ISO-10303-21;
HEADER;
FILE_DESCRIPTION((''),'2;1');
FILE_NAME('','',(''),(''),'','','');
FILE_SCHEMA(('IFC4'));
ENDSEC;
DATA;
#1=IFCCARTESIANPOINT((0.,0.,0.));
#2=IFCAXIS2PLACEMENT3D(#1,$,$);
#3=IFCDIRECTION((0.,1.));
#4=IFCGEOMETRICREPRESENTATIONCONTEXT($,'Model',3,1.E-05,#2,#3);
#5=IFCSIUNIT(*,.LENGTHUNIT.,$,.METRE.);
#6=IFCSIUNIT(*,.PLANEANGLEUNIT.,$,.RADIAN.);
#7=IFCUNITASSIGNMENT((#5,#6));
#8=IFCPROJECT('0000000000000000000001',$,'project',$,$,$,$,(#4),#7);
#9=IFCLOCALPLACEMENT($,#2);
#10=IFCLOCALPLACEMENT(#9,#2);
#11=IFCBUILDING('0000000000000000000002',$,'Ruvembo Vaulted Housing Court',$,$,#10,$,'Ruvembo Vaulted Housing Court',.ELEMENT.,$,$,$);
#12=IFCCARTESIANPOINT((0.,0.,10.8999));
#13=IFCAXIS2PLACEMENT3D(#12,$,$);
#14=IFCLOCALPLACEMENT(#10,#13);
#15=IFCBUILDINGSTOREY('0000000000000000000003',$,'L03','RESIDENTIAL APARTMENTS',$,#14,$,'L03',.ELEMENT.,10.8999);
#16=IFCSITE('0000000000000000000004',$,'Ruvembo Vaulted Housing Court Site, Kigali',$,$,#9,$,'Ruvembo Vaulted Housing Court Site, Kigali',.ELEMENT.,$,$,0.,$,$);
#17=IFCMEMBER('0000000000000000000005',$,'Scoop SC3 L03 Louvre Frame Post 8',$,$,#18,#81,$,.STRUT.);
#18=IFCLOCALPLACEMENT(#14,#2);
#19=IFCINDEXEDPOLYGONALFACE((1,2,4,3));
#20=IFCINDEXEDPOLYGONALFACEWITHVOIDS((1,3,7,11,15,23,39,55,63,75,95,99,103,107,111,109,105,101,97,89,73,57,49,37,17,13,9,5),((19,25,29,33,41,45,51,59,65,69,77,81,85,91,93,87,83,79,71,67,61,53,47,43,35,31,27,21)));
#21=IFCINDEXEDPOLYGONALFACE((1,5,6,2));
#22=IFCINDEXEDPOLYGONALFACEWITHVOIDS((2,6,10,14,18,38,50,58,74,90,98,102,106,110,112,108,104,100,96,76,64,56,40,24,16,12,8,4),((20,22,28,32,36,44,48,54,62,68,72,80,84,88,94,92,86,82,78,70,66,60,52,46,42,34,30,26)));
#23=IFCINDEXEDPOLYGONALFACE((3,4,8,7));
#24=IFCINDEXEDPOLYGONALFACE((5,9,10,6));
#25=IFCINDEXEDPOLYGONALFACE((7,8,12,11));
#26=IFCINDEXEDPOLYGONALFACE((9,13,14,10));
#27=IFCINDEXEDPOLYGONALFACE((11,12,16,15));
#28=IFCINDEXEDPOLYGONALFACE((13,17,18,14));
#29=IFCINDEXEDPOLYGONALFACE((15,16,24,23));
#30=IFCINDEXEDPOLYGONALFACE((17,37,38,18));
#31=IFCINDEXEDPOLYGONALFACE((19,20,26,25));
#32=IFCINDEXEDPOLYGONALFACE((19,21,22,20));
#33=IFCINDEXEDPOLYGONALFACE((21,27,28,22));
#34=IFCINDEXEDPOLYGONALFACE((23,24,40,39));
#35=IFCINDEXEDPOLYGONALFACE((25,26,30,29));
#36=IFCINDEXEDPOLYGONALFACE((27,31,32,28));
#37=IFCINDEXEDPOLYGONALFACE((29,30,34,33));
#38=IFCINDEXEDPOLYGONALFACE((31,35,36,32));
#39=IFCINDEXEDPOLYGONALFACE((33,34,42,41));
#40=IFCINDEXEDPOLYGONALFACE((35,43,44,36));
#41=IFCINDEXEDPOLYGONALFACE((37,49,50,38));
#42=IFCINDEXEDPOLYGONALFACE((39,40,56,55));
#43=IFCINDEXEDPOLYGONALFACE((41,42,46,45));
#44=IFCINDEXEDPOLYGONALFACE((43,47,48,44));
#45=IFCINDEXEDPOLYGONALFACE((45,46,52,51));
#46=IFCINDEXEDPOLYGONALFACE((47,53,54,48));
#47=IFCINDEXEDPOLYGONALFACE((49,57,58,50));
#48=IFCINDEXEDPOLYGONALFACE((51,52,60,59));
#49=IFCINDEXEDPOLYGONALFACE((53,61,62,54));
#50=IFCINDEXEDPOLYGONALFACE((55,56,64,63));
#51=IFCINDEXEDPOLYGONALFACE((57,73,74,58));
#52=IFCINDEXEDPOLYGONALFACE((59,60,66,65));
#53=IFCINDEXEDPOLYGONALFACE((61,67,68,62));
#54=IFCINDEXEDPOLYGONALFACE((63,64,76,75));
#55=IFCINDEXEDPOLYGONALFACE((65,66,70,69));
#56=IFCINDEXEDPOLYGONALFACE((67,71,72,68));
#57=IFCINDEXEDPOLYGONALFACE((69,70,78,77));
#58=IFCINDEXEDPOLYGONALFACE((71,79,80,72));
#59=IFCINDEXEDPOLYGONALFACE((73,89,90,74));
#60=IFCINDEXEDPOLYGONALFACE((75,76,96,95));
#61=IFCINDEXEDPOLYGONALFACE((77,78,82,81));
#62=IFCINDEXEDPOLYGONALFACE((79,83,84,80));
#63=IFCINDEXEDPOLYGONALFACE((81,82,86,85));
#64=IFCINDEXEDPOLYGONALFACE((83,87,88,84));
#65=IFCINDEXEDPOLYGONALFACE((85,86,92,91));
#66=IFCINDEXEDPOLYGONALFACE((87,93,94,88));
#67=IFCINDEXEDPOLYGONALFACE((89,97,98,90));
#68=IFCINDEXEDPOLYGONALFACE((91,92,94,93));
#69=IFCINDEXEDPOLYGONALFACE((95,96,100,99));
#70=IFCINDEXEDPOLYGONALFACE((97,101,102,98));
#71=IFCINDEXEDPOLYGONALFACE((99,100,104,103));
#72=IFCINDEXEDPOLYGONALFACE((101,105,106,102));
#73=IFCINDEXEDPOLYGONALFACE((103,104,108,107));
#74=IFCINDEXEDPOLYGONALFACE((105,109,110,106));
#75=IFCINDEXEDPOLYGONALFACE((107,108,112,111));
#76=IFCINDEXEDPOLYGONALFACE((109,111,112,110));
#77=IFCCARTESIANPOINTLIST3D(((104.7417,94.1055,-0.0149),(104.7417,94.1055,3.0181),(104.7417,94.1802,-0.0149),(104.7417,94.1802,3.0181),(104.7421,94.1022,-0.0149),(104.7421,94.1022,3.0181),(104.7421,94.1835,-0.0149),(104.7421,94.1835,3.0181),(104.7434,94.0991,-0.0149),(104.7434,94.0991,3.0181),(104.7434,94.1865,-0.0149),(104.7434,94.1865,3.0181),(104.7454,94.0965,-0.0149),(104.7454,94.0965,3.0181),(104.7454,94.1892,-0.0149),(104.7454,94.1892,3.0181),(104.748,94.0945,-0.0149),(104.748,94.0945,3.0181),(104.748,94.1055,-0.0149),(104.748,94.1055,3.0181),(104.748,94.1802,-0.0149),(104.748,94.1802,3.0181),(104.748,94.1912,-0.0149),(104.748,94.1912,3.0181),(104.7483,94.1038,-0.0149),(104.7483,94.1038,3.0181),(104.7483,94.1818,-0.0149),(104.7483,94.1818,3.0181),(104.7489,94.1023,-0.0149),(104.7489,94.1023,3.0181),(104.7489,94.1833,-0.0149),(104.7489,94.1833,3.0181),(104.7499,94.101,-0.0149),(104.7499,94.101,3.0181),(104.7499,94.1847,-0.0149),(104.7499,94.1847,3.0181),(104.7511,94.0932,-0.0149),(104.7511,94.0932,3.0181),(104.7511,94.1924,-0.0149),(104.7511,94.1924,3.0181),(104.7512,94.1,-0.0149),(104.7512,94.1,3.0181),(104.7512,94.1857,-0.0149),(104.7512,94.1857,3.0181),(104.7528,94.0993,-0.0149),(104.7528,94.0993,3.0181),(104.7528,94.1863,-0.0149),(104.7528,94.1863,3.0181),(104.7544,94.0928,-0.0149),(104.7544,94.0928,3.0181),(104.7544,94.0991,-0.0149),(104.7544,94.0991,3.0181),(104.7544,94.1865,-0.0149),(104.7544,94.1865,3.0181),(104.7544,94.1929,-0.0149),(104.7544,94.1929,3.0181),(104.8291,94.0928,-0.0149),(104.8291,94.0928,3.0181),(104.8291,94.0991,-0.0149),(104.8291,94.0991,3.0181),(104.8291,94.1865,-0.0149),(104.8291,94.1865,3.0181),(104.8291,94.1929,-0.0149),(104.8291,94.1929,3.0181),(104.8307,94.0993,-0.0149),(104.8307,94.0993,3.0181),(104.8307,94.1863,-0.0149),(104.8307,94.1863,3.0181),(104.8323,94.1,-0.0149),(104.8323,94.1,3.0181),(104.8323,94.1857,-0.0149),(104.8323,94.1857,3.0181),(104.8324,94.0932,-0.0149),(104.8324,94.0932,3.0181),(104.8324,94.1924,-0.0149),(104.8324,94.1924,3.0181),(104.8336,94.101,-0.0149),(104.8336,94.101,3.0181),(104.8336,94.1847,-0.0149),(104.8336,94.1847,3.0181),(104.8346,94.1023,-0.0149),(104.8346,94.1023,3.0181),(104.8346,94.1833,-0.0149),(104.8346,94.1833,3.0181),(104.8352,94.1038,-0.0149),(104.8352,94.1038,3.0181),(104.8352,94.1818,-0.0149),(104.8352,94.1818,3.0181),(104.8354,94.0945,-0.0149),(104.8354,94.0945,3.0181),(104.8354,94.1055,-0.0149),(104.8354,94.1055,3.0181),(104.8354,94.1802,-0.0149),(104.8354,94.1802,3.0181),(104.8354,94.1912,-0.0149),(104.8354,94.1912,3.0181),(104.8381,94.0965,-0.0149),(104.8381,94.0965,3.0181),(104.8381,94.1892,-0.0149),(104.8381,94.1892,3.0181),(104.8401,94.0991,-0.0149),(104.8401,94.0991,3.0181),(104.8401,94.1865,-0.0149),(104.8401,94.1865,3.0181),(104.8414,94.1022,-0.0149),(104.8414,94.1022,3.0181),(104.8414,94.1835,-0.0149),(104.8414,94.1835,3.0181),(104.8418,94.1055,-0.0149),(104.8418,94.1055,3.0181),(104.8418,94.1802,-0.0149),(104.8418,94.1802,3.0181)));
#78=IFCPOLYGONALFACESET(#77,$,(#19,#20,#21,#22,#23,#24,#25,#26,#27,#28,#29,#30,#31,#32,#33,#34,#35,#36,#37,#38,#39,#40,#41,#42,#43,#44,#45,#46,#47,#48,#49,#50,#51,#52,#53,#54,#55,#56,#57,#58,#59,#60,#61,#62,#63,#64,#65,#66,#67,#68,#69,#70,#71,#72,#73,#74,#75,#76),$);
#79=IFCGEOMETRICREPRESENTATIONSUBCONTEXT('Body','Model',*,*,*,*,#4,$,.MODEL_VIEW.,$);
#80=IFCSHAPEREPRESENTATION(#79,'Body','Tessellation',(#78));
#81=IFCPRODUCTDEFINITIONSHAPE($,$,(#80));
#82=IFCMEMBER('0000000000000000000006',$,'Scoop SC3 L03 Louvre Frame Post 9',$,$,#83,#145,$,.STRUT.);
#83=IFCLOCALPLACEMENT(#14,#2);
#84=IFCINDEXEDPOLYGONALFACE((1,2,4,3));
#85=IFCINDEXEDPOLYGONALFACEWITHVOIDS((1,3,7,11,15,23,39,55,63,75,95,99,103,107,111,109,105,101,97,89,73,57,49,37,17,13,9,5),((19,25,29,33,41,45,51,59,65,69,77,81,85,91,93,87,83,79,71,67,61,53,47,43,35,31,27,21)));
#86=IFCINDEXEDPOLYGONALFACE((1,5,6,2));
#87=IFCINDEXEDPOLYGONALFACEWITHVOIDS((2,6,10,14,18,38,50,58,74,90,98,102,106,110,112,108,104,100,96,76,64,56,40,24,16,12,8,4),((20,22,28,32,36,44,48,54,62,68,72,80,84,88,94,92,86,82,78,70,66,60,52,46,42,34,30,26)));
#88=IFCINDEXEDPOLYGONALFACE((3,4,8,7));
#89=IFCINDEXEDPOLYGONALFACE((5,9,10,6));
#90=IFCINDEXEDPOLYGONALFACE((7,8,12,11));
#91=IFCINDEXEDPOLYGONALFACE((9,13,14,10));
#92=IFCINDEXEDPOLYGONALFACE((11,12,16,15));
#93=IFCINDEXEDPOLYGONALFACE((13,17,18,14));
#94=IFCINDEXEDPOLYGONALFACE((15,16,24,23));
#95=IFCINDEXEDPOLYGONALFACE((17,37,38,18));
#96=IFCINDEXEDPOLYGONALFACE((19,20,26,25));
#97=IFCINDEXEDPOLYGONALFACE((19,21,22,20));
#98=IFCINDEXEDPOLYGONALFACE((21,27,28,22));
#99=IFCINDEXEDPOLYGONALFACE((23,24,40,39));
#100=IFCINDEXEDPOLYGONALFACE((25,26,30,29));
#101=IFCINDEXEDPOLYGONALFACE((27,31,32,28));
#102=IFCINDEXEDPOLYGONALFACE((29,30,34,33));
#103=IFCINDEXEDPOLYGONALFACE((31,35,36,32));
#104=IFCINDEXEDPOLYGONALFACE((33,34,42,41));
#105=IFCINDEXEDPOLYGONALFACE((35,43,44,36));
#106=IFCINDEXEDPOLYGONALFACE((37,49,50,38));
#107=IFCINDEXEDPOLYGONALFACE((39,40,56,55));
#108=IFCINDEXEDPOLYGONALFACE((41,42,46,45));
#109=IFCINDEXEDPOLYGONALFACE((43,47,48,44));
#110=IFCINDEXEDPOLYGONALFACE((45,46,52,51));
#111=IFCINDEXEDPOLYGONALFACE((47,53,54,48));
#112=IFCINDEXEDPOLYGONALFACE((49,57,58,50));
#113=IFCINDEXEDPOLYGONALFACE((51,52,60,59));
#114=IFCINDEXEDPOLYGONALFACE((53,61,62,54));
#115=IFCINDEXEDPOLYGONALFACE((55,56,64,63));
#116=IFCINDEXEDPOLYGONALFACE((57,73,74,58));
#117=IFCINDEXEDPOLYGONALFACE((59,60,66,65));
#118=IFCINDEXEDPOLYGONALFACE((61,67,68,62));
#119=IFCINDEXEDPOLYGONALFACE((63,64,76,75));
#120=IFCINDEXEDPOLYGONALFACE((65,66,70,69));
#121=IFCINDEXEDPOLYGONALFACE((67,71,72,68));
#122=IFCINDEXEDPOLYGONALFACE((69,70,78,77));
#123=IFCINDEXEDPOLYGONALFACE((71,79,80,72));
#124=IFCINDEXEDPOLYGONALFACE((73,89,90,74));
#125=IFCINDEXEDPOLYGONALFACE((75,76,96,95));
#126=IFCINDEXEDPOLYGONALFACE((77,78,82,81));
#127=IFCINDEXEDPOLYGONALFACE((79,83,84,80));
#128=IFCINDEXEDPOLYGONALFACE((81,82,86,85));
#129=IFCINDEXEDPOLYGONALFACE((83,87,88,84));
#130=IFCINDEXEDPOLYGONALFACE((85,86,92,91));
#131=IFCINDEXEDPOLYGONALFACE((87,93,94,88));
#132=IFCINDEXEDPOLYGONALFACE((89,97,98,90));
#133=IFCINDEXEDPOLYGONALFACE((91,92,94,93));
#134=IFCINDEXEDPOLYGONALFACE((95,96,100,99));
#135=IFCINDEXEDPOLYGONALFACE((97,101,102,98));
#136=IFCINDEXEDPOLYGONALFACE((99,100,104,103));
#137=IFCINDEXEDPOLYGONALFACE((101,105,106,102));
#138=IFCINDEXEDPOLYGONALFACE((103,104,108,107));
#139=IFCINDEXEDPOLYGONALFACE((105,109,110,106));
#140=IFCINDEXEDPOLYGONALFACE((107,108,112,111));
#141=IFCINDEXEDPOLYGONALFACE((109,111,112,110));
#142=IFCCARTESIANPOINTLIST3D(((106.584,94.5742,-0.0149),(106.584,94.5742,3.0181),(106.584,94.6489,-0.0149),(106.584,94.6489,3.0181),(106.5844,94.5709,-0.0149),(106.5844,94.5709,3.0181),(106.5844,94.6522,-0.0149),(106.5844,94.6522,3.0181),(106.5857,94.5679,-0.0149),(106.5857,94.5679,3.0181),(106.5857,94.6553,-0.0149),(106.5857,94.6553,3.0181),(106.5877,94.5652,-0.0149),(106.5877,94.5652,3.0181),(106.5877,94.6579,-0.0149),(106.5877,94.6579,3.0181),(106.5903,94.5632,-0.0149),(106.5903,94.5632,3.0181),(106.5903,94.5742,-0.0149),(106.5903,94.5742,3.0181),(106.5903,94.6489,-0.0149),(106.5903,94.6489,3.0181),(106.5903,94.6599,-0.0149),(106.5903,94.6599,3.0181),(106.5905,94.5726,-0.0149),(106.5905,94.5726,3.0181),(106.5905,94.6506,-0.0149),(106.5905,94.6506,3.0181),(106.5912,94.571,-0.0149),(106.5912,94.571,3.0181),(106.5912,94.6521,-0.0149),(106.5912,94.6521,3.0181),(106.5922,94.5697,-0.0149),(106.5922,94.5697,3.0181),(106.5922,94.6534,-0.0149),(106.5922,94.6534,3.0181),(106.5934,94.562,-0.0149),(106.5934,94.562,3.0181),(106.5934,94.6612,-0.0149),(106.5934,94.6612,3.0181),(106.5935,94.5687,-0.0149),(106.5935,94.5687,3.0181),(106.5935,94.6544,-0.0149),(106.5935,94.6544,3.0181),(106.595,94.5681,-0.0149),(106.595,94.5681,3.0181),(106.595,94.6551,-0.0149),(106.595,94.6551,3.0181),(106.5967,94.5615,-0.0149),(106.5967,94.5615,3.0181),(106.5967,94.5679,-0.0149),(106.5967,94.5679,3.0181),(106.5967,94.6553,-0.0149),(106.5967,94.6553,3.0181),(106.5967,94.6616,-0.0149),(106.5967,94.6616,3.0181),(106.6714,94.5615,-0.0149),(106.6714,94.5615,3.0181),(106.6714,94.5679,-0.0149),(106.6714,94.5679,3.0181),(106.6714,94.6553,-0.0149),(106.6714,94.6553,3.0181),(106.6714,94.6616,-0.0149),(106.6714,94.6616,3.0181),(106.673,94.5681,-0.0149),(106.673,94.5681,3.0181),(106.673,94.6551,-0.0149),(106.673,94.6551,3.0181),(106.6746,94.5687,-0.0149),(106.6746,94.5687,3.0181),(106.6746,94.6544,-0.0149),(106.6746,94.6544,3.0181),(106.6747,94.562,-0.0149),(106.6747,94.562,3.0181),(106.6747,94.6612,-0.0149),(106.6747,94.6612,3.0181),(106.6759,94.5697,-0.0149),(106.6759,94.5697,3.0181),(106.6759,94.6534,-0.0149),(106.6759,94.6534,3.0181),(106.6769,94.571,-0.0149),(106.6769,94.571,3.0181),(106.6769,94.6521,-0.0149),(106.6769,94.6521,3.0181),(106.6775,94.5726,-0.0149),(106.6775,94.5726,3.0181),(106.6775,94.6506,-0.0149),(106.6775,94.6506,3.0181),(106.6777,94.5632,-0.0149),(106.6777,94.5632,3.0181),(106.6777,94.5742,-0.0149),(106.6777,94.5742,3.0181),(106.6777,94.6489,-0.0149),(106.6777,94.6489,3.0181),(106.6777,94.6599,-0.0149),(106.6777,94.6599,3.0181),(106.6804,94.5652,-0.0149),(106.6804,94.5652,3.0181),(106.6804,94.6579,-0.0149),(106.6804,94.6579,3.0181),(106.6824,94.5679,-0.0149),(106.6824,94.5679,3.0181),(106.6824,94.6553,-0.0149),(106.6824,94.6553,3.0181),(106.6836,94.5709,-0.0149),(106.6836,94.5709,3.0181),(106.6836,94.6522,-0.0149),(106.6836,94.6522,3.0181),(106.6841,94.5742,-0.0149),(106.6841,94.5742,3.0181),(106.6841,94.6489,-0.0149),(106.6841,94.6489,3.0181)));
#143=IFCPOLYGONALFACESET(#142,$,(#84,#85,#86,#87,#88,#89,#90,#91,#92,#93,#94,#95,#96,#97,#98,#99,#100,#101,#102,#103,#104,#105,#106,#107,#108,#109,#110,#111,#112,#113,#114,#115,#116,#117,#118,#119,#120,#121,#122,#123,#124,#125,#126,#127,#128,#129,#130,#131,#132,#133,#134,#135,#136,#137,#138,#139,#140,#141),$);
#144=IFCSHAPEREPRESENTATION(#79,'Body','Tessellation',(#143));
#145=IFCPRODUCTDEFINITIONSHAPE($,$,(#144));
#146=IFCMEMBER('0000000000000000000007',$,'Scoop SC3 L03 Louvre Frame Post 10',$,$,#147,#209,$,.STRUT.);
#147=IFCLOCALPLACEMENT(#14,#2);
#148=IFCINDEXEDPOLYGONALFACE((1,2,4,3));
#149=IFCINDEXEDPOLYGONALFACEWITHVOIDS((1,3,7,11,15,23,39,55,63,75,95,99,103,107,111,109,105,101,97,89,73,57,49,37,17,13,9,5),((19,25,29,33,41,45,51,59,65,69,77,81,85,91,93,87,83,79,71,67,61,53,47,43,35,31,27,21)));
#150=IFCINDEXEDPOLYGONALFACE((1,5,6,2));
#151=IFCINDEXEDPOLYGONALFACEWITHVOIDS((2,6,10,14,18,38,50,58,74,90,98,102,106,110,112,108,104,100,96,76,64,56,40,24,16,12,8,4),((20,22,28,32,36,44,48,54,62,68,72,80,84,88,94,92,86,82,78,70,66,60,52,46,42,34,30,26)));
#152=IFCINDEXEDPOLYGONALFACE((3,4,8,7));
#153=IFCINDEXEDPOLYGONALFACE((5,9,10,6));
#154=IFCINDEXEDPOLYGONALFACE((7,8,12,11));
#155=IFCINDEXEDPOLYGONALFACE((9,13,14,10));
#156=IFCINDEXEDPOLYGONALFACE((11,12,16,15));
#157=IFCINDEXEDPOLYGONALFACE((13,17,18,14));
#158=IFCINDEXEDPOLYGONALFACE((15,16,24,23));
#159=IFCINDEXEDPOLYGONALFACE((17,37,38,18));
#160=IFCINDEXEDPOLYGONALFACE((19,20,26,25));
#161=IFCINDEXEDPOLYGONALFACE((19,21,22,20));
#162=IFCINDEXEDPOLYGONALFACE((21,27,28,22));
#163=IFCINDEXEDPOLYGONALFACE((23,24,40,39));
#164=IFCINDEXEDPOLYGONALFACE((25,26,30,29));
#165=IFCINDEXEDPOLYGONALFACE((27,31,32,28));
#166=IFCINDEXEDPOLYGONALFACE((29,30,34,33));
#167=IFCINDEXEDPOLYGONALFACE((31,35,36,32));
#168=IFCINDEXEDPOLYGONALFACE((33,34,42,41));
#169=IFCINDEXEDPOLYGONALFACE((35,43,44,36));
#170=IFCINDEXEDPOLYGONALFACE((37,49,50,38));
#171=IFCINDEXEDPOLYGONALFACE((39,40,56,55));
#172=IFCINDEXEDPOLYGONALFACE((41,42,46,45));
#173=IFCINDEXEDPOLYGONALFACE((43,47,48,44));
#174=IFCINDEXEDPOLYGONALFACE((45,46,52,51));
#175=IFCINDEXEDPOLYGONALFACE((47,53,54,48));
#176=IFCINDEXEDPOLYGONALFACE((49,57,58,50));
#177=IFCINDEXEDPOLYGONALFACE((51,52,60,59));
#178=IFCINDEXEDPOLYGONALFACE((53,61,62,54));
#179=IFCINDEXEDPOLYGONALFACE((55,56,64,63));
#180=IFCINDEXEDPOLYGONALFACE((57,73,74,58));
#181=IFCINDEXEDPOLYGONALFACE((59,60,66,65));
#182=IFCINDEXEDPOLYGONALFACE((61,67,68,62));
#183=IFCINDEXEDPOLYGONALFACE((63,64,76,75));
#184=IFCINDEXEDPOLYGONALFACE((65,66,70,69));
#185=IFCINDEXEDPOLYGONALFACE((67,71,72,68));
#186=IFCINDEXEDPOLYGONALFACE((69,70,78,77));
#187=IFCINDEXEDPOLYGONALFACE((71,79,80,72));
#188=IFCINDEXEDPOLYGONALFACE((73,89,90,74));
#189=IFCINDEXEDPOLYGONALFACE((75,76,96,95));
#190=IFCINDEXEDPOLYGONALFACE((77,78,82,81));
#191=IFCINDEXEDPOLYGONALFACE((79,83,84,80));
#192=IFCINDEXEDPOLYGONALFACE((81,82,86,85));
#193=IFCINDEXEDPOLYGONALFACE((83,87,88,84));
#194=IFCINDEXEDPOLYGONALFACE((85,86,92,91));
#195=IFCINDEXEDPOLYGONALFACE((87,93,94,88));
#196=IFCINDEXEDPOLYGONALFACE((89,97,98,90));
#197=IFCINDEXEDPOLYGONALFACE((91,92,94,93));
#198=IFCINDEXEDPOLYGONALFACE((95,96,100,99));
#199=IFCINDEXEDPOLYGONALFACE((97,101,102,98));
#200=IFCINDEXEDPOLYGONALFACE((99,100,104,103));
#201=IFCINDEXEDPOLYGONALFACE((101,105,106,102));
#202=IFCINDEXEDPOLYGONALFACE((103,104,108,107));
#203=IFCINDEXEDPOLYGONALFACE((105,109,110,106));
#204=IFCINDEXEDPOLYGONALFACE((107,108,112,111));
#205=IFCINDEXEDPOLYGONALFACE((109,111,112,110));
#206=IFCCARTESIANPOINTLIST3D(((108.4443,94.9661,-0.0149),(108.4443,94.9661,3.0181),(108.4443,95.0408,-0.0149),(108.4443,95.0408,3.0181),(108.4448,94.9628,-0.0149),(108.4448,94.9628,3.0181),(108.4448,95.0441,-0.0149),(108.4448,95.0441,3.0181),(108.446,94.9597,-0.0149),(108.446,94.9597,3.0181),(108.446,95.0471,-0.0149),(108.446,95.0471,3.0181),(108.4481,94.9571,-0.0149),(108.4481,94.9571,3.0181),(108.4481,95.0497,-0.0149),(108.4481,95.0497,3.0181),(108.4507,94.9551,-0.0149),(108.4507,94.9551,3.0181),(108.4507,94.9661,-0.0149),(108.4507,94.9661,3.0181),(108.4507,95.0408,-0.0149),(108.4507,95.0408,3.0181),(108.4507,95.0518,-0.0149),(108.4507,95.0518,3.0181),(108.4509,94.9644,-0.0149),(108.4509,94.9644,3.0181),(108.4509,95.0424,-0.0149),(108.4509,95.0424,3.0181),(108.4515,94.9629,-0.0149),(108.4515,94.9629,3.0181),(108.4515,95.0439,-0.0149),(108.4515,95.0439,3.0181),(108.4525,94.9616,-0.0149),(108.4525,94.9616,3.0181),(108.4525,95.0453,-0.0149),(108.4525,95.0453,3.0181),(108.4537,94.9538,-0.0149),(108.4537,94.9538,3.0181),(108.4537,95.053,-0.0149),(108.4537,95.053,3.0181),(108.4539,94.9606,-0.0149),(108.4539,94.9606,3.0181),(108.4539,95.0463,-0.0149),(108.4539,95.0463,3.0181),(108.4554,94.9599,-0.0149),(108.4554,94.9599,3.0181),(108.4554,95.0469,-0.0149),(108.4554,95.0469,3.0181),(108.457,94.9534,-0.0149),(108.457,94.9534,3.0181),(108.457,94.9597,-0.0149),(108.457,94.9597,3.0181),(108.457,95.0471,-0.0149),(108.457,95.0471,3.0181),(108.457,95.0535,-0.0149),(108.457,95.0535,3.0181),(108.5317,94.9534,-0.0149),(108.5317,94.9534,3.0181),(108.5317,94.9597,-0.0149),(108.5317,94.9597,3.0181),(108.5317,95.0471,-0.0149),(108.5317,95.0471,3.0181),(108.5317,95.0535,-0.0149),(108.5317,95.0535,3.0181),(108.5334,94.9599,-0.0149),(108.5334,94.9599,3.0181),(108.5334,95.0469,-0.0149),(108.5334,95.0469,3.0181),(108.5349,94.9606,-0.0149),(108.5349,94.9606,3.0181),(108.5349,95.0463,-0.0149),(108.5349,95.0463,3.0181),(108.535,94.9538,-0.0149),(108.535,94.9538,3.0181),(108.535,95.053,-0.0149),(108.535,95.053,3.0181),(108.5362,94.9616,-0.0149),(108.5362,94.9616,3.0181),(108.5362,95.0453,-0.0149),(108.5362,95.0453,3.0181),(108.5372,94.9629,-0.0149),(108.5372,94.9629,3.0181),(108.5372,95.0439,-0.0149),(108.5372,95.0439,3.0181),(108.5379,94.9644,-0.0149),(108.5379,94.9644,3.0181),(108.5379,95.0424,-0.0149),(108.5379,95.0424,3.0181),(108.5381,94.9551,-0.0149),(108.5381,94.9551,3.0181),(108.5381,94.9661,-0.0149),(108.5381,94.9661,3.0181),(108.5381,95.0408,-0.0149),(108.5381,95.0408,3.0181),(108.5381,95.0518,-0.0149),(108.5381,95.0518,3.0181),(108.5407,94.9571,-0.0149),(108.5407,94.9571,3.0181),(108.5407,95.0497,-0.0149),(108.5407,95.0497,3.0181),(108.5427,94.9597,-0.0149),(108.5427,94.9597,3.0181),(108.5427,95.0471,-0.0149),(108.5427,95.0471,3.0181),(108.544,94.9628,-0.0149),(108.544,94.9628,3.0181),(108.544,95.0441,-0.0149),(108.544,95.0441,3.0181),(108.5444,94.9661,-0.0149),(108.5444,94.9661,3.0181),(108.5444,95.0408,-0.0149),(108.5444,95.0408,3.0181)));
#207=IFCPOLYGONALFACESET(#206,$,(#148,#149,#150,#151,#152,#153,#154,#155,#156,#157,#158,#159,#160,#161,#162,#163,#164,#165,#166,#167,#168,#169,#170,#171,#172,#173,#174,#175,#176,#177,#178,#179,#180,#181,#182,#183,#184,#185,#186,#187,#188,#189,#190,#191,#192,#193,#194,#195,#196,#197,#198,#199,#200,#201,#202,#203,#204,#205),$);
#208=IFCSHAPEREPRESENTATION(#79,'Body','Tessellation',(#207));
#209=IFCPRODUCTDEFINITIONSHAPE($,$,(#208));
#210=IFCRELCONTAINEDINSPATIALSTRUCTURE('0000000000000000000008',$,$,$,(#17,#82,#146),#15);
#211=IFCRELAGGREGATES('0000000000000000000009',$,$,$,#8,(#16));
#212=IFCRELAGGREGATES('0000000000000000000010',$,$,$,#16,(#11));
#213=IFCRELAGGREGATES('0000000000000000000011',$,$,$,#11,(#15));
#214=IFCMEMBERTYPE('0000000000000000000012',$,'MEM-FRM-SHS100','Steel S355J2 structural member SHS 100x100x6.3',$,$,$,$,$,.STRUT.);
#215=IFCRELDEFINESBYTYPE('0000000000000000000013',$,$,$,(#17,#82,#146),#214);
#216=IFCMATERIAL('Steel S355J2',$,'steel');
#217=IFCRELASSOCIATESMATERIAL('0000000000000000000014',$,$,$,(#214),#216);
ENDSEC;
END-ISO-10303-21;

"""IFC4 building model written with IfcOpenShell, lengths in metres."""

from ifc_helpers import new_model, si_unit, direction, frame, origin, origin_2d, place, context, subcontext, project, spatial, hollow_rectangle, extrude, material, material_profile, profile_set, type_object, element, save


model = new_model("IFC4")

# Units and contexts
model_context = context("Model", 3, precision=1e-05, world=origin(), true_north=direction((0.0, 1.0)))
body_context = subcontext(model_context, "Body", "Model", "MODEL_VIEW")
ifc_project = project(units=[si_unit("LENGTHUNIT", "METRE"), si_unit("PLANEANGLEUNIT", "RADIAN")], contexts=[model_context])

# Site, building, storey
site_placement = place(None, origin())
site = spatial("IfcSite", under=ifc_project, at=site_placement, Name="Ruvembo Vaulted Housing Court Site, Kigali", LongName="Ruvembo Vaulted Housing Court Site, Kigali", CompositionType="ELEMENT", RefElevation=0.0)
building_placement = place(site_placement, origin())
building = spatial("IfcBuilding", under=site, at=building_placement, Name="Ruvembo Vaulted Housing Court", LongName="Ruvembo Vaulted Housing Court", CompositionType="ELEMENT")
storey_placement = place(building_placement, frame((0.0, 0.0, 10.8999)))
storey = spatial("IfcBuildingStorey", under=building, at=storey_placement, Name="L03", Description="RESIDENTIAL APARTMENTS", LongName="L03", CompositionType="ELEMENT", Elevation=10.8999)

# Shared definitions
ifc_material_1 = material(Name="Steel S355J2", Category="steel")

# Members
ifc_material_profile_1 = material_profile(ifc_material_1, hollow_rectangle(XDim=0.1001, YDim=0.1001, WallThickness=0.0063, InnerFilletRadius=0.0063, OuterFilletRadius=0.0127, at=origin_2d()), Name="SHS 100x100x6.3")
ifc_profile_set_1 = profile_set([ifc_material_profile_1], Name="Steel S355J2")
member_type_1 = type_object("IfcMemberType", Name="MEM-FRM-SHS100", Description="Steel S355J2 structural member SHS 100x100x6.3", PredefinedType="STRUT", material=ifc_profile_set_1)
for number, where, z_axis, x_axis, name in (
    (1, (104.7917, 94.1428, -0.0149), (0.0, 0.0, 1.0), (1.0, 0.0, 0.0), "Scoop SC3 L03 Louvre Frame Post 8"),
    (2, (106.634, 94.6116, -0.0149), (0.0, 0.0, 1.0), (1.0, 0.0, 0.0), "Scoop SC3 L03 Louvre Frame Post 9"),
    (3, (108.4944, 95.0034, -0.0149), (0.0, 0.0, 1.0), (1.0, 0.0, 0.0), "Scoop SC3 L03 Louvre Frame Post 10"),
):
    element("IfcMember", number, at=place(storey_placement, frame(where, z_axis=z_axis, x_axis=x_axis)), inside=storey, type_object=member_type_1, Name=name, PredefinedType="STRUT", context=body_context, shape_type="SweptSolid", body=[
        extrude(hollow_rectangle(XDim=0.1001, YDim=0.1001, WallThickness=0.0063, InnerFilletRadius=0.0063, OuterFilletRadius=0.0127, at=origin_2d()), origin(), (0.0, 0.0, 1.0), 3.033),
    ])

save(model, "model.ifc")
